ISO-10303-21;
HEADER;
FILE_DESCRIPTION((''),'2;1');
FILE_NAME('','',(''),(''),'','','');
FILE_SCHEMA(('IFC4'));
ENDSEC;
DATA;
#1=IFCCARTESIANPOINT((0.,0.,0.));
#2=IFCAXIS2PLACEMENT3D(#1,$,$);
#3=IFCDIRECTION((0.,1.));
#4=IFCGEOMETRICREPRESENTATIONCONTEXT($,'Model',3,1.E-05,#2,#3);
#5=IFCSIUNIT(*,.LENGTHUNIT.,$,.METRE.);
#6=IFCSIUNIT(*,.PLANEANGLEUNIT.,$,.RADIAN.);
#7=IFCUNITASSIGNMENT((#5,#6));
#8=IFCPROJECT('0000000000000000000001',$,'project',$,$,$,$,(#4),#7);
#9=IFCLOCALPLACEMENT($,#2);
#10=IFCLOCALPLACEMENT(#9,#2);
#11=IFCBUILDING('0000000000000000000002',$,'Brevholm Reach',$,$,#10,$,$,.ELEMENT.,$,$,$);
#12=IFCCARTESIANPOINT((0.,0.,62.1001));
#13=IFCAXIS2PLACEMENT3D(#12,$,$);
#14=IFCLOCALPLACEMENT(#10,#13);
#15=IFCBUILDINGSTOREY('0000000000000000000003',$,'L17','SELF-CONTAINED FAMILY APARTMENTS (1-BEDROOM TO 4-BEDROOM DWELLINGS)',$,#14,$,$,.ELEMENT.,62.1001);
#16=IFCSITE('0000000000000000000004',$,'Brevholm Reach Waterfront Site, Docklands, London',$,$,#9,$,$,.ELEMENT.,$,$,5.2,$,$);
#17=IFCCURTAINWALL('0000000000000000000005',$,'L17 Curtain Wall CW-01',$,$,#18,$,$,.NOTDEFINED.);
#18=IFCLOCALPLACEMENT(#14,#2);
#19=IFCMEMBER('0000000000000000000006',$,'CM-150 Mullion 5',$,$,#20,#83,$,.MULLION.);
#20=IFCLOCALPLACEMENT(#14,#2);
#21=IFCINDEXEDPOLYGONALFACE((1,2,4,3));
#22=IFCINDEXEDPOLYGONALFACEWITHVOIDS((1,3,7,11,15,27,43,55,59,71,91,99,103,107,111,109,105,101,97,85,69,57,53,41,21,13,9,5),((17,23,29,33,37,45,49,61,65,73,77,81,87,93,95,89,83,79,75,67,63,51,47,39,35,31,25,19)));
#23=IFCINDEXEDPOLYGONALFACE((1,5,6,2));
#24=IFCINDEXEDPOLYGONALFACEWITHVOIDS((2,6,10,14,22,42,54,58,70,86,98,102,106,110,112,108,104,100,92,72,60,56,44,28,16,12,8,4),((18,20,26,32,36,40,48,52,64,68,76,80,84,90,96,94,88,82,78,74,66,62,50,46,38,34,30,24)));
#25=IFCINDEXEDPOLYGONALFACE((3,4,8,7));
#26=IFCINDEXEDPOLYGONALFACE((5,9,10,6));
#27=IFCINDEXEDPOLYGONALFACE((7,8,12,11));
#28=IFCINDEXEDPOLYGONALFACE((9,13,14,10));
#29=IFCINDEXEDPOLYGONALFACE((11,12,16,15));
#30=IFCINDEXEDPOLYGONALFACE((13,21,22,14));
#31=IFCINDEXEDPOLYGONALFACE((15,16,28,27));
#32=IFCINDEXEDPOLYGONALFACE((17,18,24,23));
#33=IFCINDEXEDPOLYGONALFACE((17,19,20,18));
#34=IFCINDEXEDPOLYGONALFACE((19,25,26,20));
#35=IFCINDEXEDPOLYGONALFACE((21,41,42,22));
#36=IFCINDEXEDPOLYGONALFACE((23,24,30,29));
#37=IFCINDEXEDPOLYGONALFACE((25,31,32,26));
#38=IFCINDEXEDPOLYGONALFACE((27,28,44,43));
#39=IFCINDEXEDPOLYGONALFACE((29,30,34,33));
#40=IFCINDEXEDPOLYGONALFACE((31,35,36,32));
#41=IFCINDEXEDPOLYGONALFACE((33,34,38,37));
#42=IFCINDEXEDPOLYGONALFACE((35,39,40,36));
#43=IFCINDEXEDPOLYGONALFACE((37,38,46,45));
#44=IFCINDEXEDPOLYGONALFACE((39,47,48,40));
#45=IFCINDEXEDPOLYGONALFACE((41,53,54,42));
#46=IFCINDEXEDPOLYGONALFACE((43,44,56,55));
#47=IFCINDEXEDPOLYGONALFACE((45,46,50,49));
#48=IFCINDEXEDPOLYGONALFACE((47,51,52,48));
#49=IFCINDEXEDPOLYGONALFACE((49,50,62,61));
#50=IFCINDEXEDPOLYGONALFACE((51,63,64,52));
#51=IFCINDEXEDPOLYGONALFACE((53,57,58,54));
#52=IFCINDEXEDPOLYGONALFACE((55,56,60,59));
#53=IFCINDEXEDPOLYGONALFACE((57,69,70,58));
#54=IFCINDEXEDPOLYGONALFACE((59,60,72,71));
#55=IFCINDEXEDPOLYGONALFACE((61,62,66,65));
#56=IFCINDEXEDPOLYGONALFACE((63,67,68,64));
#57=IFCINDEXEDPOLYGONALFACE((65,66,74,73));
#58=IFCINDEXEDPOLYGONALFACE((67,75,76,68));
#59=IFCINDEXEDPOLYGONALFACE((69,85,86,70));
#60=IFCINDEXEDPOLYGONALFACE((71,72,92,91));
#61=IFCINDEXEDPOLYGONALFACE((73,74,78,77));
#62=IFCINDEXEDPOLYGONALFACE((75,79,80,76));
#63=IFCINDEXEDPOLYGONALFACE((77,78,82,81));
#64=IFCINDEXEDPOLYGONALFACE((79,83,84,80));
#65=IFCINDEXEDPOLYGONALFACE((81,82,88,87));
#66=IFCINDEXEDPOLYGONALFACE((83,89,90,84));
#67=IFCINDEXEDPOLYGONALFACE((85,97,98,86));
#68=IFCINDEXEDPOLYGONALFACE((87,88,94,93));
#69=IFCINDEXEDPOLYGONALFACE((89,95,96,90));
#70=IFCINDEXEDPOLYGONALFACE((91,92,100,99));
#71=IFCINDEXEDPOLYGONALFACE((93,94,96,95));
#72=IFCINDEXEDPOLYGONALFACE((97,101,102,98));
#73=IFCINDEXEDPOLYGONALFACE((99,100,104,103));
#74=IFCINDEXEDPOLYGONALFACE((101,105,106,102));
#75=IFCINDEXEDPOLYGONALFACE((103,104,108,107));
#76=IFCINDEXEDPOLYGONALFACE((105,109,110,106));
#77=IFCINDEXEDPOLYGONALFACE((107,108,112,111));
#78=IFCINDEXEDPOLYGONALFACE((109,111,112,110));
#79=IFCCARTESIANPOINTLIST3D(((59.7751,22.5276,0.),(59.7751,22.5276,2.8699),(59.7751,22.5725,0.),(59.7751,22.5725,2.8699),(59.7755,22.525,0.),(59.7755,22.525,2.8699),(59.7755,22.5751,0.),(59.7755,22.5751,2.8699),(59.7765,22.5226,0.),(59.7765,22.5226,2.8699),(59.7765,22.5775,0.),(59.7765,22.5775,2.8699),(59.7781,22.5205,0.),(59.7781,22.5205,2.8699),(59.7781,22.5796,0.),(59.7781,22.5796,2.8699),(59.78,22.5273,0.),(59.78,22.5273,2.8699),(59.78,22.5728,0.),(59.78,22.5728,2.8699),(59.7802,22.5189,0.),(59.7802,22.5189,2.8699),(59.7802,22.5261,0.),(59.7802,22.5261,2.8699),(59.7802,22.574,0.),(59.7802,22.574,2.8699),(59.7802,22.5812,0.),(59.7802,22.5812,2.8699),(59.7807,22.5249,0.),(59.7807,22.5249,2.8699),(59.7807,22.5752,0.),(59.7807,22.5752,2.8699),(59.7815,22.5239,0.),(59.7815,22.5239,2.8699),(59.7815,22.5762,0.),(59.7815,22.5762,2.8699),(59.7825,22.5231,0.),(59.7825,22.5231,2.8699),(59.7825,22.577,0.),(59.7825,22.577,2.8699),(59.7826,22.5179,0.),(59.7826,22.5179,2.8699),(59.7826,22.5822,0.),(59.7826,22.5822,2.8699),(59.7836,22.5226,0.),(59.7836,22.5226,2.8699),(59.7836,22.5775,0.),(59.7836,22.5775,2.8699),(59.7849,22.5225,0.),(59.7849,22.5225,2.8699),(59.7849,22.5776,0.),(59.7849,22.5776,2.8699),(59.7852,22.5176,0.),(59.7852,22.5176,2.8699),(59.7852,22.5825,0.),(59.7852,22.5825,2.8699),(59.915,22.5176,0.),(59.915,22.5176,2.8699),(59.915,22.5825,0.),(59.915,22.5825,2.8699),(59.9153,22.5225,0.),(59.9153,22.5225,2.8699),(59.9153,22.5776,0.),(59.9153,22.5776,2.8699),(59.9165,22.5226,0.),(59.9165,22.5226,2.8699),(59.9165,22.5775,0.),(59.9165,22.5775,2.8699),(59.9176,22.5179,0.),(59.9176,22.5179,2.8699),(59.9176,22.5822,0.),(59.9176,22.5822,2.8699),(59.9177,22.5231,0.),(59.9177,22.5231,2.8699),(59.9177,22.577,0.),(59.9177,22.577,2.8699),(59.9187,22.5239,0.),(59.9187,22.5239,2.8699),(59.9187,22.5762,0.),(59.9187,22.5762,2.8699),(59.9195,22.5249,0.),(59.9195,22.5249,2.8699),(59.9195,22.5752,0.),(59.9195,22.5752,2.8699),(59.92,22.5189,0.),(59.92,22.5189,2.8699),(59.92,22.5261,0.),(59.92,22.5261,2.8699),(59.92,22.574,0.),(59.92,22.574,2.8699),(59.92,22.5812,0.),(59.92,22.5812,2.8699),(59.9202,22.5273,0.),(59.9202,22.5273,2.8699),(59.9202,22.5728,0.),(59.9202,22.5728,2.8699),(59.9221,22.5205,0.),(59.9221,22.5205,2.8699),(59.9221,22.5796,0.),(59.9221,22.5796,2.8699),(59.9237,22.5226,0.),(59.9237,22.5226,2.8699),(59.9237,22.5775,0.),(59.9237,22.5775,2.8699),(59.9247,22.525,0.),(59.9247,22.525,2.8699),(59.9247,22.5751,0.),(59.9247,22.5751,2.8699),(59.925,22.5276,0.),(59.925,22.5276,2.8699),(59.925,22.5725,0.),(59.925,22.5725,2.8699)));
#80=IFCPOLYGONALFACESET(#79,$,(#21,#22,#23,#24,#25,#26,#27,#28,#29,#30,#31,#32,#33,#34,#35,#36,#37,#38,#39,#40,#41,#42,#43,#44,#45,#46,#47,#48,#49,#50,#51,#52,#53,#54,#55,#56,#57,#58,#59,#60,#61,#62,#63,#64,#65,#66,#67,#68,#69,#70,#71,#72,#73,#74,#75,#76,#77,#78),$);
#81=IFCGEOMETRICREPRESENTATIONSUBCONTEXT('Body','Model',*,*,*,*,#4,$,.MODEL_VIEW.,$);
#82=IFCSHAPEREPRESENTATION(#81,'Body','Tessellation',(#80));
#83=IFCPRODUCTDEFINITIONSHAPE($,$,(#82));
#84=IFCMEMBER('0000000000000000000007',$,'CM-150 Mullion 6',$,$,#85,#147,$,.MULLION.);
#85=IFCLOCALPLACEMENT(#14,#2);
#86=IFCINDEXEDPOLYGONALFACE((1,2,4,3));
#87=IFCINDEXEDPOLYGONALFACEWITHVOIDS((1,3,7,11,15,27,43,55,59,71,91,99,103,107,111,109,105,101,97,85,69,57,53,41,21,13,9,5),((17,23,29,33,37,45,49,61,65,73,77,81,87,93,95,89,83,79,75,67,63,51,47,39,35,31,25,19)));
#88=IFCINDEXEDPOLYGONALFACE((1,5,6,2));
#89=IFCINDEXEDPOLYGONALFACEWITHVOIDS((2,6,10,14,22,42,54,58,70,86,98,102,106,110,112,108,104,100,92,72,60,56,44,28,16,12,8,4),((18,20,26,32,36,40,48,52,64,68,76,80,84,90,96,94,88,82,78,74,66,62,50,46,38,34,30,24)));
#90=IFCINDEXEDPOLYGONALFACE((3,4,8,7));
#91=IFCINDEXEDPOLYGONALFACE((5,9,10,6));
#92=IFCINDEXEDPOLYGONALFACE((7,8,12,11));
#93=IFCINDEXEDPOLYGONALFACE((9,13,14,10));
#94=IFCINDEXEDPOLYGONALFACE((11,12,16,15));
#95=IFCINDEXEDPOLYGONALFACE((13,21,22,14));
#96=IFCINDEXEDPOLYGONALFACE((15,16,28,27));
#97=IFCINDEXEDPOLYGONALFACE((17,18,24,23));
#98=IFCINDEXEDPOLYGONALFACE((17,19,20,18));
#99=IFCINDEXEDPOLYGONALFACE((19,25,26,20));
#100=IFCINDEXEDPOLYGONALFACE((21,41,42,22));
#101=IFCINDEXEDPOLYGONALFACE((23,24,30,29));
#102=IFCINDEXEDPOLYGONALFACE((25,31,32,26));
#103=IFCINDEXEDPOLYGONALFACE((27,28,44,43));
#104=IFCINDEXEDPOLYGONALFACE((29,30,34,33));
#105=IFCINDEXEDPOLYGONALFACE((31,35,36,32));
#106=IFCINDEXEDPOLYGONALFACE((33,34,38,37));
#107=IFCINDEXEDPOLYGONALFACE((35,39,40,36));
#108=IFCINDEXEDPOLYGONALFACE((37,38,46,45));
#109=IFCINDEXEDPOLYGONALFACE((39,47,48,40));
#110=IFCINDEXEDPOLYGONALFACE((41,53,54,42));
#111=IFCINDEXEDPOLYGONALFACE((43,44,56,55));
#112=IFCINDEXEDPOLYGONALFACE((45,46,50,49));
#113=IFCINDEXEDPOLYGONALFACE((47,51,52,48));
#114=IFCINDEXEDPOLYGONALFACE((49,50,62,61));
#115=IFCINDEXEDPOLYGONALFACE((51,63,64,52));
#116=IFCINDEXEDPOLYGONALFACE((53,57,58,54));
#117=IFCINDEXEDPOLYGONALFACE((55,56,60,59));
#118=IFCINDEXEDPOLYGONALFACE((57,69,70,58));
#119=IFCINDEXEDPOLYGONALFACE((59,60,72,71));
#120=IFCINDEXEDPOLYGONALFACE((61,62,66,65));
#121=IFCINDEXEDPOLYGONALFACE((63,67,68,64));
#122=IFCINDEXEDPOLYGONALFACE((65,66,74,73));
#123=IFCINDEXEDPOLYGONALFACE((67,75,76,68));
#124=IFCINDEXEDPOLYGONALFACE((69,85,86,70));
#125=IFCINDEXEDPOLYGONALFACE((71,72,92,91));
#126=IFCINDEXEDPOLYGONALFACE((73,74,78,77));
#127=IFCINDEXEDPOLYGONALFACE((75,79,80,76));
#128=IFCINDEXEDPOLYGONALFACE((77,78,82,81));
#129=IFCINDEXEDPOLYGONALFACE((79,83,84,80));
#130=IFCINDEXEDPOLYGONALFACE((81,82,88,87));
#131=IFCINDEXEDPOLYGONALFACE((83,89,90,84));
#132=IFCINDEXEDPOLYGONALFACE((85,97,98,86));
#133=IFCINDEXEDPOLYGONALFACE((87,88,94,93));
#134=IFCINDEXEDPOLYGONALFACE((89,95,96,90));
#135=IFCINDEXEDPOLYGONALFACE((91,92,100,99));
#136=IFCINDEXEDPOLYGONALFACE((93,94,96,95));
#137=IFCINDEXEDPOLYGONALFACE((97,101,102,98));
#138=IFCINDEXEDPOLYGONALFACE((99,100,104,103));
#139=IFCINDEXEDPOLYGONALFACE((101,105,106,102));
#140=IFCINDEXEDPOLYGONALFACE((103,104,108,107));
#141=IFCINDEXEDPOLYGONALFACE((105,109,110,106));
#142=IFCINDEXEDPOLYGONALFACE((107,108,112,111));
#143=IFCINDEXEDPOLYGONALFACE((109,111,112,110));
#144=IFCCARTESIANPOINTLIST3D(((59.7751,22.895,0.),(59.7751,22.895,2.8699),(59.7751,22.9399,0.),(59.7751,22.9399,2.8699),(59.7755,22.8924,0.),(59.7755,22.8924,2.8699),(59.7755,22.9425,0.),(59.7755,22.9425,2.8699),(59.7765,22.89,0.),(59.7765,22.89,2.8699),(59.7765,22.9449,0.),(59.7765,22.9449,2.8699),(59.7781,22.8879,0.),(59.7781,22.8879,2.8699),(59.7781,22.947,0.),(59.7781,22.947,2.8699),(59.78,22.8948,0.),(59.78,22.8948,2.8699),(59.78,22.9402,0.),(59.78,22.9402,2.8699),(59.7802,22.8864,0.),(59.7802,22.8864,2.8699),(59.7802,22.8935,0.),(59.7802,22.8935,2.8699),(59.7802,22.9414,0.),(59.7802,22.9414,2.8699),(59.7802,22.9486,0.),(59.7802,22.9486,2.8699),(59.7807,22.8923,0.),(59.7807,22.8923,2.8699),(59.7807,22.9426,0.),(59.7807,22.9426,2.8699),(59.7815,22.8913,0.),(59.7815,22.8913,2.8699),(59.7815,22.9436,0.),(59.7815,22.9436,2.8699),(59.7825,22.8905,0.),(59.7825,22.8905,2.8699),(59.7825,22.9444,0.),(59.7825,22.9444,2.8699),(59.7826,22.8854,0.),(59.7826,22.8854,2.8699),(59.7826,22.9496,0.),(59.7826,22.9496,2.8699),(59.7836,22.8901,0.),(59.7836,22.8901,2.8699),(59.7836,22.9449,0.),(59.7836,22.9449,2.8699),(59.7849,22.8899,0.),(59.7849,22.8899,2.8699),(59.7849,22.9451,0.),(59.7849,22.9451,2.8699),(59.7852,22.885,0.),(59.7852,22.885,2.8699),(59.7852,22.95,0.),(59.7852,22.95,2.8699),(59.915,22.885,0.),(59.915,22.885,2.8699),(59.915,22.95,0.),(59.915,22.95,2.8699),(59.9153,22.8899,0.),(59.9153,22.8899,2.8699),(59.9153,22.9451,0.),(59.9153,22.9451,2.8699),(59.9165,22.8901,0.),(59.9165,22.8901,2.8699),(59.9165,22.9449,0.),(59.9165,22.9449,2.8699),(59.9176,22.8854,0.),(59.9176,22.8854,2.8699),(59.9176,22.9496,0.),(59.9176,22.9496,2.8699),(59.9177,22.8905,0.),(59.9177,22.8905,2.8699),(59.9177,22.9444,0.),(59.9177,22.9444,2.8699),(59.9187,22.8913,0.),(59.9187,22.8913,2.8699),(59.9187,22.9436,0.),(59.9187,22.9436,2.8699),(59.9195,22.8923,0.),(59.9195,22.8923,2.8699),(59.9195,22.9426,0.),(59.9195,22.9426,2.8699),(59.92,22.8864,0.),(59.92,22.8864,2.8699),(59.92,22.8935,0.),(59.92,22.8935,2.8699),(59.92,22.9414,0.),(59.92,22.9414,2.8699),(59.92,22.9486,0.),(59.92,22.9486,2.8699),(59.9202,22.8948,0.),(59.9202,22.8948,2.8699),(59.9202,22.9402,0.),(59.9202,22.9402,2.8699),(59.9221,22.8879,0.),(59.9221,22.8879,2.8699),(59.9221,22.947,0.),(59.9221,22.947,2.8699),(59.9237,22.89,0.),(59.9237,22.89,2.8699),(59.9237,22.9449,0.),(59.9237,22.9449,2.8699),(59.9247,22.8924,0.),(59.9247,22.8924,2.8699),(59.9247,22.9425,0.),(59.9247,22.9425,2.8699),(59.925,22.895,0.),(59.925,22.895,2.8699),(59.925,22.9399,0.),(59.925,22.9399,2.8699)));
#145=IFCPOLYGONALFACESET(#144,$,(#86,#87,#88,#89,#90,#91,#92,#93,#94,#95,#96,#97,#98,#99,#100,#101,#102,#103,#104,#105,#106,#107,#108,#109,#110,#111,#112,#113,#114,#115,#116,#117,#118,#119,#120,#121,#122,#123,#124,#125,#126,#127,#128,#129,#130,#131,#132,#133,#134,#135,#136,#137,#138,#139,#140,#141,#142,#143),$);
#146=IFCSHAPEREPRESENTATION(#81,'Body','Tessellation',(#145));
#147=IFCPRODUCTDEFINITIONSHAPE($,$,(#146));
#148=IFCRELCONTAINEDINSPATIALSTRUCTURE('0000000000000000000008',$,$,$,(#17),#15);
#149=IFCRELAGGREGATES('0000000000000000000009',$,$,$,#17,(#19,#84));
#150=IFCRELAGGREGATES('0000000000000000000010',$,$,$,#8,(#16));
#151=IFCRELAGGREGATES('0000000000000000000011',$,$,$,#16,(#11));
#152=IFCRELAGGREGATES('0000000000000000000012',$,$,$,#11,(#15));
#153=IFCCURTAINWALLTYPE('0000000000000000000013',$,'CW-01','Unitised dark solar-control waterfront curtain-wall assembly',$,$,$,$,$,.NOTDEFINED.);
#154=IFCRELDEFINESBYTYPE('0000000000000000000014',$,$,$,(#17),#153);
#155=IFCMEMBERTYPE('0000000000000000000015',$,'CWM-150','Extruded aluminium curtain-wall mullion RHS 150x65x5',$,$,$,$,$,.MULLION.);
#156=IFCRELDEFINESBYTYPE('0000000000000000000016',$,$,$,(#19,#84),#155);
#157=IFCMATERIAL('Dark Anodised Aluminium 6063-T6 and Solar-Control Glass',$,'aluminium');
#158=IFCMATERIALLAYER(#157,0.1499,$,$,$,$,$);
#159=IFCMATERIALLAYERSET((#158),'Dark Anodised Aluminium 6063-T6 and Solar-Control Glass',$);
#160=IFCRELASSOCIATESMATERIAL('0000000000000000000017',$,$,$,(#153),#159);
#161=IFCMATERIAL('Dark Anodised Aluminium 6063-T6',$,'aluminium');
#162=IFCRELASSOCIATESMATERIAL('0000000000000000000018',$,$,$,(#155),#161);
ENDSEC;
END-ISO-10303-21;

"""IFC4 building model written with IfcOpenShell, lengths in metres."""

from ifc_helpers import new_model, si_unit, direction, frame, origin, origin_2d, place, context, subcontext, project, spatial, hollow_rectangle, extrude, material, layer, layer_set, material_profile, profile_set, type_object, element, aggregate, save


model = new_model("IFC4")

# Units and contexts
model_context = context("Model", 3, precision=1e-05, world=origin(), true_north=direction((0.0, 1.0)))
body_context = subcontext(model_context, "Body", "Model", "MODEL_VIEW")
ifc_project = project(units=[si_unit("LENGTHUNIT", "METRE"), si_unit("PLANEANGLEUNIT", "RADIAN")], contexts=[model_context])

# Site, building, storey
site_placement = place(None, origin())
site = spatial("IfcSite", under=ifc_project, at=site_placement, Name="Brevholm Reach Waterfront Site, Docklands, London", CompositionType="ELEMENT", RefElevation=5.2)
building_placement = place(site_placement, origin())
building = spatial("IfcBuilding", under=site, at=building_placement, Name="Brevholm Reach", CompositionType="ELEMENT")
storey_placement = place(building_placement, frame((0.0, 0.0, 62.1001)))
storey = spatial("IfcBuildingStorey", under=building, at=storey_placement, Name="L17", Description="SELF-CONTAINED FAMILY APARTMENTS (1-BEDROOM TO 4-BEDROOM DWELLINGS)", CompositionType="ELEMENT", Elevation=62.1001)

# Curtain wall, members
ifc_material_1 = material(Name="Dark Anodised Aluminium 6063-T6 and Solar-Control Glass", Category="aluminium")
ifc_layer_1 = layer(ifc_material_1, 0.1499)
ifc_layer_set_1 = layer_set([ifc_layer_1], Name="Dark Anodised Aluminium 6063-T6 and Solar-Control Glass")
curtain_wall_type = type_object("IfcCurtainWallType", Name="CW-01", Description="Unitised dark solar-control waterfront curtain-wall assembly", PredefinedType="NOTDEFINED", material=ifc_layer_set_1)
curtain_wall_placement = place(storey_placement, origin())
curtain_wall = element("IfcCurtainWall", 1, at=curtain_wall_placement, inside=storey, type_object=curtain_wall_type, Name="L17 Curtain Wall CW-01", PredefinedType="NOTDEFINED")
ifc_material_2 = material(Name="Dark Anodised Aluminium 6063-T6", Category="aluminium")
ifc_material_profile_1 = material_profile(ifc_material_2, hollow_rectangle(XDim=0.0649, YDim=0.1499, WallThickness=0.0049, InnerFilletRadius=0.0049, OuterFilletRadius=0.01, at=origin_2d()), Name="RHS 150x65x5")
ifc_profile_set_1 = profile_set([ifc_material_profile_1], Name="Dark Anodised Aluminium 6063-T6")
member_type_1 = type_object("IfcMemberType", Name="CWM-150", Description="Extruded aluminium curtain-wall mullion RHS 150x65x5", PredefinedType="MULLION", material=ifc_profile_set_1)
member_1_placement = place(storey_placement, frame((59.8501, 22.55, 0.0), z_axis=(0.0, 0.0, 1.0), x_axis=(0.0, 1.0, 0.0)))
member_1 = element("IfcMember", 2, at=member_1_placement, type_object=member_type_1, Name="CM-150 Mullion 5", PredefinedType="MULLION", context=body_context, shape_type="SweptSolid", body=[
    extrude(hollow_rectangle(XDim=0.0649, YDim=0.1499, WallThickness=0.0049, InnerFilletRadius=0.0049, OuterFilletRadius=0.01, at=origin_2d()), origin(), (0.0, 0.0, 1.0), 2.8699),
])
member_2_placement = place(storey_placement, frame((59.8501, 22.9175, 0.0), z_axis=(0.0, 0.0, 1.0), x_axis=(0.0, 1.0, 0.0)))
member_2 = element("IfcMember", 3, at=member_2_placement, type_object=member_type_1, Name="CM-150 Mullion 6", PredefinedType="MULLION", context=body_context, shape_type="SweptSolid", body=[
    extrude(hollow_rectangle(XDim=0.0649, YDim=0.1499, WallThickness=0.0049, InnerFilletRadius=0.0049, OuterFilletRadius=0.01, at=origin_2d()), origin(), (0.0, 0.0, 1.0), 2.8699),
])
aggregate(curtain_wall, [member_1, member_2])

save(model, "model.ifc")
